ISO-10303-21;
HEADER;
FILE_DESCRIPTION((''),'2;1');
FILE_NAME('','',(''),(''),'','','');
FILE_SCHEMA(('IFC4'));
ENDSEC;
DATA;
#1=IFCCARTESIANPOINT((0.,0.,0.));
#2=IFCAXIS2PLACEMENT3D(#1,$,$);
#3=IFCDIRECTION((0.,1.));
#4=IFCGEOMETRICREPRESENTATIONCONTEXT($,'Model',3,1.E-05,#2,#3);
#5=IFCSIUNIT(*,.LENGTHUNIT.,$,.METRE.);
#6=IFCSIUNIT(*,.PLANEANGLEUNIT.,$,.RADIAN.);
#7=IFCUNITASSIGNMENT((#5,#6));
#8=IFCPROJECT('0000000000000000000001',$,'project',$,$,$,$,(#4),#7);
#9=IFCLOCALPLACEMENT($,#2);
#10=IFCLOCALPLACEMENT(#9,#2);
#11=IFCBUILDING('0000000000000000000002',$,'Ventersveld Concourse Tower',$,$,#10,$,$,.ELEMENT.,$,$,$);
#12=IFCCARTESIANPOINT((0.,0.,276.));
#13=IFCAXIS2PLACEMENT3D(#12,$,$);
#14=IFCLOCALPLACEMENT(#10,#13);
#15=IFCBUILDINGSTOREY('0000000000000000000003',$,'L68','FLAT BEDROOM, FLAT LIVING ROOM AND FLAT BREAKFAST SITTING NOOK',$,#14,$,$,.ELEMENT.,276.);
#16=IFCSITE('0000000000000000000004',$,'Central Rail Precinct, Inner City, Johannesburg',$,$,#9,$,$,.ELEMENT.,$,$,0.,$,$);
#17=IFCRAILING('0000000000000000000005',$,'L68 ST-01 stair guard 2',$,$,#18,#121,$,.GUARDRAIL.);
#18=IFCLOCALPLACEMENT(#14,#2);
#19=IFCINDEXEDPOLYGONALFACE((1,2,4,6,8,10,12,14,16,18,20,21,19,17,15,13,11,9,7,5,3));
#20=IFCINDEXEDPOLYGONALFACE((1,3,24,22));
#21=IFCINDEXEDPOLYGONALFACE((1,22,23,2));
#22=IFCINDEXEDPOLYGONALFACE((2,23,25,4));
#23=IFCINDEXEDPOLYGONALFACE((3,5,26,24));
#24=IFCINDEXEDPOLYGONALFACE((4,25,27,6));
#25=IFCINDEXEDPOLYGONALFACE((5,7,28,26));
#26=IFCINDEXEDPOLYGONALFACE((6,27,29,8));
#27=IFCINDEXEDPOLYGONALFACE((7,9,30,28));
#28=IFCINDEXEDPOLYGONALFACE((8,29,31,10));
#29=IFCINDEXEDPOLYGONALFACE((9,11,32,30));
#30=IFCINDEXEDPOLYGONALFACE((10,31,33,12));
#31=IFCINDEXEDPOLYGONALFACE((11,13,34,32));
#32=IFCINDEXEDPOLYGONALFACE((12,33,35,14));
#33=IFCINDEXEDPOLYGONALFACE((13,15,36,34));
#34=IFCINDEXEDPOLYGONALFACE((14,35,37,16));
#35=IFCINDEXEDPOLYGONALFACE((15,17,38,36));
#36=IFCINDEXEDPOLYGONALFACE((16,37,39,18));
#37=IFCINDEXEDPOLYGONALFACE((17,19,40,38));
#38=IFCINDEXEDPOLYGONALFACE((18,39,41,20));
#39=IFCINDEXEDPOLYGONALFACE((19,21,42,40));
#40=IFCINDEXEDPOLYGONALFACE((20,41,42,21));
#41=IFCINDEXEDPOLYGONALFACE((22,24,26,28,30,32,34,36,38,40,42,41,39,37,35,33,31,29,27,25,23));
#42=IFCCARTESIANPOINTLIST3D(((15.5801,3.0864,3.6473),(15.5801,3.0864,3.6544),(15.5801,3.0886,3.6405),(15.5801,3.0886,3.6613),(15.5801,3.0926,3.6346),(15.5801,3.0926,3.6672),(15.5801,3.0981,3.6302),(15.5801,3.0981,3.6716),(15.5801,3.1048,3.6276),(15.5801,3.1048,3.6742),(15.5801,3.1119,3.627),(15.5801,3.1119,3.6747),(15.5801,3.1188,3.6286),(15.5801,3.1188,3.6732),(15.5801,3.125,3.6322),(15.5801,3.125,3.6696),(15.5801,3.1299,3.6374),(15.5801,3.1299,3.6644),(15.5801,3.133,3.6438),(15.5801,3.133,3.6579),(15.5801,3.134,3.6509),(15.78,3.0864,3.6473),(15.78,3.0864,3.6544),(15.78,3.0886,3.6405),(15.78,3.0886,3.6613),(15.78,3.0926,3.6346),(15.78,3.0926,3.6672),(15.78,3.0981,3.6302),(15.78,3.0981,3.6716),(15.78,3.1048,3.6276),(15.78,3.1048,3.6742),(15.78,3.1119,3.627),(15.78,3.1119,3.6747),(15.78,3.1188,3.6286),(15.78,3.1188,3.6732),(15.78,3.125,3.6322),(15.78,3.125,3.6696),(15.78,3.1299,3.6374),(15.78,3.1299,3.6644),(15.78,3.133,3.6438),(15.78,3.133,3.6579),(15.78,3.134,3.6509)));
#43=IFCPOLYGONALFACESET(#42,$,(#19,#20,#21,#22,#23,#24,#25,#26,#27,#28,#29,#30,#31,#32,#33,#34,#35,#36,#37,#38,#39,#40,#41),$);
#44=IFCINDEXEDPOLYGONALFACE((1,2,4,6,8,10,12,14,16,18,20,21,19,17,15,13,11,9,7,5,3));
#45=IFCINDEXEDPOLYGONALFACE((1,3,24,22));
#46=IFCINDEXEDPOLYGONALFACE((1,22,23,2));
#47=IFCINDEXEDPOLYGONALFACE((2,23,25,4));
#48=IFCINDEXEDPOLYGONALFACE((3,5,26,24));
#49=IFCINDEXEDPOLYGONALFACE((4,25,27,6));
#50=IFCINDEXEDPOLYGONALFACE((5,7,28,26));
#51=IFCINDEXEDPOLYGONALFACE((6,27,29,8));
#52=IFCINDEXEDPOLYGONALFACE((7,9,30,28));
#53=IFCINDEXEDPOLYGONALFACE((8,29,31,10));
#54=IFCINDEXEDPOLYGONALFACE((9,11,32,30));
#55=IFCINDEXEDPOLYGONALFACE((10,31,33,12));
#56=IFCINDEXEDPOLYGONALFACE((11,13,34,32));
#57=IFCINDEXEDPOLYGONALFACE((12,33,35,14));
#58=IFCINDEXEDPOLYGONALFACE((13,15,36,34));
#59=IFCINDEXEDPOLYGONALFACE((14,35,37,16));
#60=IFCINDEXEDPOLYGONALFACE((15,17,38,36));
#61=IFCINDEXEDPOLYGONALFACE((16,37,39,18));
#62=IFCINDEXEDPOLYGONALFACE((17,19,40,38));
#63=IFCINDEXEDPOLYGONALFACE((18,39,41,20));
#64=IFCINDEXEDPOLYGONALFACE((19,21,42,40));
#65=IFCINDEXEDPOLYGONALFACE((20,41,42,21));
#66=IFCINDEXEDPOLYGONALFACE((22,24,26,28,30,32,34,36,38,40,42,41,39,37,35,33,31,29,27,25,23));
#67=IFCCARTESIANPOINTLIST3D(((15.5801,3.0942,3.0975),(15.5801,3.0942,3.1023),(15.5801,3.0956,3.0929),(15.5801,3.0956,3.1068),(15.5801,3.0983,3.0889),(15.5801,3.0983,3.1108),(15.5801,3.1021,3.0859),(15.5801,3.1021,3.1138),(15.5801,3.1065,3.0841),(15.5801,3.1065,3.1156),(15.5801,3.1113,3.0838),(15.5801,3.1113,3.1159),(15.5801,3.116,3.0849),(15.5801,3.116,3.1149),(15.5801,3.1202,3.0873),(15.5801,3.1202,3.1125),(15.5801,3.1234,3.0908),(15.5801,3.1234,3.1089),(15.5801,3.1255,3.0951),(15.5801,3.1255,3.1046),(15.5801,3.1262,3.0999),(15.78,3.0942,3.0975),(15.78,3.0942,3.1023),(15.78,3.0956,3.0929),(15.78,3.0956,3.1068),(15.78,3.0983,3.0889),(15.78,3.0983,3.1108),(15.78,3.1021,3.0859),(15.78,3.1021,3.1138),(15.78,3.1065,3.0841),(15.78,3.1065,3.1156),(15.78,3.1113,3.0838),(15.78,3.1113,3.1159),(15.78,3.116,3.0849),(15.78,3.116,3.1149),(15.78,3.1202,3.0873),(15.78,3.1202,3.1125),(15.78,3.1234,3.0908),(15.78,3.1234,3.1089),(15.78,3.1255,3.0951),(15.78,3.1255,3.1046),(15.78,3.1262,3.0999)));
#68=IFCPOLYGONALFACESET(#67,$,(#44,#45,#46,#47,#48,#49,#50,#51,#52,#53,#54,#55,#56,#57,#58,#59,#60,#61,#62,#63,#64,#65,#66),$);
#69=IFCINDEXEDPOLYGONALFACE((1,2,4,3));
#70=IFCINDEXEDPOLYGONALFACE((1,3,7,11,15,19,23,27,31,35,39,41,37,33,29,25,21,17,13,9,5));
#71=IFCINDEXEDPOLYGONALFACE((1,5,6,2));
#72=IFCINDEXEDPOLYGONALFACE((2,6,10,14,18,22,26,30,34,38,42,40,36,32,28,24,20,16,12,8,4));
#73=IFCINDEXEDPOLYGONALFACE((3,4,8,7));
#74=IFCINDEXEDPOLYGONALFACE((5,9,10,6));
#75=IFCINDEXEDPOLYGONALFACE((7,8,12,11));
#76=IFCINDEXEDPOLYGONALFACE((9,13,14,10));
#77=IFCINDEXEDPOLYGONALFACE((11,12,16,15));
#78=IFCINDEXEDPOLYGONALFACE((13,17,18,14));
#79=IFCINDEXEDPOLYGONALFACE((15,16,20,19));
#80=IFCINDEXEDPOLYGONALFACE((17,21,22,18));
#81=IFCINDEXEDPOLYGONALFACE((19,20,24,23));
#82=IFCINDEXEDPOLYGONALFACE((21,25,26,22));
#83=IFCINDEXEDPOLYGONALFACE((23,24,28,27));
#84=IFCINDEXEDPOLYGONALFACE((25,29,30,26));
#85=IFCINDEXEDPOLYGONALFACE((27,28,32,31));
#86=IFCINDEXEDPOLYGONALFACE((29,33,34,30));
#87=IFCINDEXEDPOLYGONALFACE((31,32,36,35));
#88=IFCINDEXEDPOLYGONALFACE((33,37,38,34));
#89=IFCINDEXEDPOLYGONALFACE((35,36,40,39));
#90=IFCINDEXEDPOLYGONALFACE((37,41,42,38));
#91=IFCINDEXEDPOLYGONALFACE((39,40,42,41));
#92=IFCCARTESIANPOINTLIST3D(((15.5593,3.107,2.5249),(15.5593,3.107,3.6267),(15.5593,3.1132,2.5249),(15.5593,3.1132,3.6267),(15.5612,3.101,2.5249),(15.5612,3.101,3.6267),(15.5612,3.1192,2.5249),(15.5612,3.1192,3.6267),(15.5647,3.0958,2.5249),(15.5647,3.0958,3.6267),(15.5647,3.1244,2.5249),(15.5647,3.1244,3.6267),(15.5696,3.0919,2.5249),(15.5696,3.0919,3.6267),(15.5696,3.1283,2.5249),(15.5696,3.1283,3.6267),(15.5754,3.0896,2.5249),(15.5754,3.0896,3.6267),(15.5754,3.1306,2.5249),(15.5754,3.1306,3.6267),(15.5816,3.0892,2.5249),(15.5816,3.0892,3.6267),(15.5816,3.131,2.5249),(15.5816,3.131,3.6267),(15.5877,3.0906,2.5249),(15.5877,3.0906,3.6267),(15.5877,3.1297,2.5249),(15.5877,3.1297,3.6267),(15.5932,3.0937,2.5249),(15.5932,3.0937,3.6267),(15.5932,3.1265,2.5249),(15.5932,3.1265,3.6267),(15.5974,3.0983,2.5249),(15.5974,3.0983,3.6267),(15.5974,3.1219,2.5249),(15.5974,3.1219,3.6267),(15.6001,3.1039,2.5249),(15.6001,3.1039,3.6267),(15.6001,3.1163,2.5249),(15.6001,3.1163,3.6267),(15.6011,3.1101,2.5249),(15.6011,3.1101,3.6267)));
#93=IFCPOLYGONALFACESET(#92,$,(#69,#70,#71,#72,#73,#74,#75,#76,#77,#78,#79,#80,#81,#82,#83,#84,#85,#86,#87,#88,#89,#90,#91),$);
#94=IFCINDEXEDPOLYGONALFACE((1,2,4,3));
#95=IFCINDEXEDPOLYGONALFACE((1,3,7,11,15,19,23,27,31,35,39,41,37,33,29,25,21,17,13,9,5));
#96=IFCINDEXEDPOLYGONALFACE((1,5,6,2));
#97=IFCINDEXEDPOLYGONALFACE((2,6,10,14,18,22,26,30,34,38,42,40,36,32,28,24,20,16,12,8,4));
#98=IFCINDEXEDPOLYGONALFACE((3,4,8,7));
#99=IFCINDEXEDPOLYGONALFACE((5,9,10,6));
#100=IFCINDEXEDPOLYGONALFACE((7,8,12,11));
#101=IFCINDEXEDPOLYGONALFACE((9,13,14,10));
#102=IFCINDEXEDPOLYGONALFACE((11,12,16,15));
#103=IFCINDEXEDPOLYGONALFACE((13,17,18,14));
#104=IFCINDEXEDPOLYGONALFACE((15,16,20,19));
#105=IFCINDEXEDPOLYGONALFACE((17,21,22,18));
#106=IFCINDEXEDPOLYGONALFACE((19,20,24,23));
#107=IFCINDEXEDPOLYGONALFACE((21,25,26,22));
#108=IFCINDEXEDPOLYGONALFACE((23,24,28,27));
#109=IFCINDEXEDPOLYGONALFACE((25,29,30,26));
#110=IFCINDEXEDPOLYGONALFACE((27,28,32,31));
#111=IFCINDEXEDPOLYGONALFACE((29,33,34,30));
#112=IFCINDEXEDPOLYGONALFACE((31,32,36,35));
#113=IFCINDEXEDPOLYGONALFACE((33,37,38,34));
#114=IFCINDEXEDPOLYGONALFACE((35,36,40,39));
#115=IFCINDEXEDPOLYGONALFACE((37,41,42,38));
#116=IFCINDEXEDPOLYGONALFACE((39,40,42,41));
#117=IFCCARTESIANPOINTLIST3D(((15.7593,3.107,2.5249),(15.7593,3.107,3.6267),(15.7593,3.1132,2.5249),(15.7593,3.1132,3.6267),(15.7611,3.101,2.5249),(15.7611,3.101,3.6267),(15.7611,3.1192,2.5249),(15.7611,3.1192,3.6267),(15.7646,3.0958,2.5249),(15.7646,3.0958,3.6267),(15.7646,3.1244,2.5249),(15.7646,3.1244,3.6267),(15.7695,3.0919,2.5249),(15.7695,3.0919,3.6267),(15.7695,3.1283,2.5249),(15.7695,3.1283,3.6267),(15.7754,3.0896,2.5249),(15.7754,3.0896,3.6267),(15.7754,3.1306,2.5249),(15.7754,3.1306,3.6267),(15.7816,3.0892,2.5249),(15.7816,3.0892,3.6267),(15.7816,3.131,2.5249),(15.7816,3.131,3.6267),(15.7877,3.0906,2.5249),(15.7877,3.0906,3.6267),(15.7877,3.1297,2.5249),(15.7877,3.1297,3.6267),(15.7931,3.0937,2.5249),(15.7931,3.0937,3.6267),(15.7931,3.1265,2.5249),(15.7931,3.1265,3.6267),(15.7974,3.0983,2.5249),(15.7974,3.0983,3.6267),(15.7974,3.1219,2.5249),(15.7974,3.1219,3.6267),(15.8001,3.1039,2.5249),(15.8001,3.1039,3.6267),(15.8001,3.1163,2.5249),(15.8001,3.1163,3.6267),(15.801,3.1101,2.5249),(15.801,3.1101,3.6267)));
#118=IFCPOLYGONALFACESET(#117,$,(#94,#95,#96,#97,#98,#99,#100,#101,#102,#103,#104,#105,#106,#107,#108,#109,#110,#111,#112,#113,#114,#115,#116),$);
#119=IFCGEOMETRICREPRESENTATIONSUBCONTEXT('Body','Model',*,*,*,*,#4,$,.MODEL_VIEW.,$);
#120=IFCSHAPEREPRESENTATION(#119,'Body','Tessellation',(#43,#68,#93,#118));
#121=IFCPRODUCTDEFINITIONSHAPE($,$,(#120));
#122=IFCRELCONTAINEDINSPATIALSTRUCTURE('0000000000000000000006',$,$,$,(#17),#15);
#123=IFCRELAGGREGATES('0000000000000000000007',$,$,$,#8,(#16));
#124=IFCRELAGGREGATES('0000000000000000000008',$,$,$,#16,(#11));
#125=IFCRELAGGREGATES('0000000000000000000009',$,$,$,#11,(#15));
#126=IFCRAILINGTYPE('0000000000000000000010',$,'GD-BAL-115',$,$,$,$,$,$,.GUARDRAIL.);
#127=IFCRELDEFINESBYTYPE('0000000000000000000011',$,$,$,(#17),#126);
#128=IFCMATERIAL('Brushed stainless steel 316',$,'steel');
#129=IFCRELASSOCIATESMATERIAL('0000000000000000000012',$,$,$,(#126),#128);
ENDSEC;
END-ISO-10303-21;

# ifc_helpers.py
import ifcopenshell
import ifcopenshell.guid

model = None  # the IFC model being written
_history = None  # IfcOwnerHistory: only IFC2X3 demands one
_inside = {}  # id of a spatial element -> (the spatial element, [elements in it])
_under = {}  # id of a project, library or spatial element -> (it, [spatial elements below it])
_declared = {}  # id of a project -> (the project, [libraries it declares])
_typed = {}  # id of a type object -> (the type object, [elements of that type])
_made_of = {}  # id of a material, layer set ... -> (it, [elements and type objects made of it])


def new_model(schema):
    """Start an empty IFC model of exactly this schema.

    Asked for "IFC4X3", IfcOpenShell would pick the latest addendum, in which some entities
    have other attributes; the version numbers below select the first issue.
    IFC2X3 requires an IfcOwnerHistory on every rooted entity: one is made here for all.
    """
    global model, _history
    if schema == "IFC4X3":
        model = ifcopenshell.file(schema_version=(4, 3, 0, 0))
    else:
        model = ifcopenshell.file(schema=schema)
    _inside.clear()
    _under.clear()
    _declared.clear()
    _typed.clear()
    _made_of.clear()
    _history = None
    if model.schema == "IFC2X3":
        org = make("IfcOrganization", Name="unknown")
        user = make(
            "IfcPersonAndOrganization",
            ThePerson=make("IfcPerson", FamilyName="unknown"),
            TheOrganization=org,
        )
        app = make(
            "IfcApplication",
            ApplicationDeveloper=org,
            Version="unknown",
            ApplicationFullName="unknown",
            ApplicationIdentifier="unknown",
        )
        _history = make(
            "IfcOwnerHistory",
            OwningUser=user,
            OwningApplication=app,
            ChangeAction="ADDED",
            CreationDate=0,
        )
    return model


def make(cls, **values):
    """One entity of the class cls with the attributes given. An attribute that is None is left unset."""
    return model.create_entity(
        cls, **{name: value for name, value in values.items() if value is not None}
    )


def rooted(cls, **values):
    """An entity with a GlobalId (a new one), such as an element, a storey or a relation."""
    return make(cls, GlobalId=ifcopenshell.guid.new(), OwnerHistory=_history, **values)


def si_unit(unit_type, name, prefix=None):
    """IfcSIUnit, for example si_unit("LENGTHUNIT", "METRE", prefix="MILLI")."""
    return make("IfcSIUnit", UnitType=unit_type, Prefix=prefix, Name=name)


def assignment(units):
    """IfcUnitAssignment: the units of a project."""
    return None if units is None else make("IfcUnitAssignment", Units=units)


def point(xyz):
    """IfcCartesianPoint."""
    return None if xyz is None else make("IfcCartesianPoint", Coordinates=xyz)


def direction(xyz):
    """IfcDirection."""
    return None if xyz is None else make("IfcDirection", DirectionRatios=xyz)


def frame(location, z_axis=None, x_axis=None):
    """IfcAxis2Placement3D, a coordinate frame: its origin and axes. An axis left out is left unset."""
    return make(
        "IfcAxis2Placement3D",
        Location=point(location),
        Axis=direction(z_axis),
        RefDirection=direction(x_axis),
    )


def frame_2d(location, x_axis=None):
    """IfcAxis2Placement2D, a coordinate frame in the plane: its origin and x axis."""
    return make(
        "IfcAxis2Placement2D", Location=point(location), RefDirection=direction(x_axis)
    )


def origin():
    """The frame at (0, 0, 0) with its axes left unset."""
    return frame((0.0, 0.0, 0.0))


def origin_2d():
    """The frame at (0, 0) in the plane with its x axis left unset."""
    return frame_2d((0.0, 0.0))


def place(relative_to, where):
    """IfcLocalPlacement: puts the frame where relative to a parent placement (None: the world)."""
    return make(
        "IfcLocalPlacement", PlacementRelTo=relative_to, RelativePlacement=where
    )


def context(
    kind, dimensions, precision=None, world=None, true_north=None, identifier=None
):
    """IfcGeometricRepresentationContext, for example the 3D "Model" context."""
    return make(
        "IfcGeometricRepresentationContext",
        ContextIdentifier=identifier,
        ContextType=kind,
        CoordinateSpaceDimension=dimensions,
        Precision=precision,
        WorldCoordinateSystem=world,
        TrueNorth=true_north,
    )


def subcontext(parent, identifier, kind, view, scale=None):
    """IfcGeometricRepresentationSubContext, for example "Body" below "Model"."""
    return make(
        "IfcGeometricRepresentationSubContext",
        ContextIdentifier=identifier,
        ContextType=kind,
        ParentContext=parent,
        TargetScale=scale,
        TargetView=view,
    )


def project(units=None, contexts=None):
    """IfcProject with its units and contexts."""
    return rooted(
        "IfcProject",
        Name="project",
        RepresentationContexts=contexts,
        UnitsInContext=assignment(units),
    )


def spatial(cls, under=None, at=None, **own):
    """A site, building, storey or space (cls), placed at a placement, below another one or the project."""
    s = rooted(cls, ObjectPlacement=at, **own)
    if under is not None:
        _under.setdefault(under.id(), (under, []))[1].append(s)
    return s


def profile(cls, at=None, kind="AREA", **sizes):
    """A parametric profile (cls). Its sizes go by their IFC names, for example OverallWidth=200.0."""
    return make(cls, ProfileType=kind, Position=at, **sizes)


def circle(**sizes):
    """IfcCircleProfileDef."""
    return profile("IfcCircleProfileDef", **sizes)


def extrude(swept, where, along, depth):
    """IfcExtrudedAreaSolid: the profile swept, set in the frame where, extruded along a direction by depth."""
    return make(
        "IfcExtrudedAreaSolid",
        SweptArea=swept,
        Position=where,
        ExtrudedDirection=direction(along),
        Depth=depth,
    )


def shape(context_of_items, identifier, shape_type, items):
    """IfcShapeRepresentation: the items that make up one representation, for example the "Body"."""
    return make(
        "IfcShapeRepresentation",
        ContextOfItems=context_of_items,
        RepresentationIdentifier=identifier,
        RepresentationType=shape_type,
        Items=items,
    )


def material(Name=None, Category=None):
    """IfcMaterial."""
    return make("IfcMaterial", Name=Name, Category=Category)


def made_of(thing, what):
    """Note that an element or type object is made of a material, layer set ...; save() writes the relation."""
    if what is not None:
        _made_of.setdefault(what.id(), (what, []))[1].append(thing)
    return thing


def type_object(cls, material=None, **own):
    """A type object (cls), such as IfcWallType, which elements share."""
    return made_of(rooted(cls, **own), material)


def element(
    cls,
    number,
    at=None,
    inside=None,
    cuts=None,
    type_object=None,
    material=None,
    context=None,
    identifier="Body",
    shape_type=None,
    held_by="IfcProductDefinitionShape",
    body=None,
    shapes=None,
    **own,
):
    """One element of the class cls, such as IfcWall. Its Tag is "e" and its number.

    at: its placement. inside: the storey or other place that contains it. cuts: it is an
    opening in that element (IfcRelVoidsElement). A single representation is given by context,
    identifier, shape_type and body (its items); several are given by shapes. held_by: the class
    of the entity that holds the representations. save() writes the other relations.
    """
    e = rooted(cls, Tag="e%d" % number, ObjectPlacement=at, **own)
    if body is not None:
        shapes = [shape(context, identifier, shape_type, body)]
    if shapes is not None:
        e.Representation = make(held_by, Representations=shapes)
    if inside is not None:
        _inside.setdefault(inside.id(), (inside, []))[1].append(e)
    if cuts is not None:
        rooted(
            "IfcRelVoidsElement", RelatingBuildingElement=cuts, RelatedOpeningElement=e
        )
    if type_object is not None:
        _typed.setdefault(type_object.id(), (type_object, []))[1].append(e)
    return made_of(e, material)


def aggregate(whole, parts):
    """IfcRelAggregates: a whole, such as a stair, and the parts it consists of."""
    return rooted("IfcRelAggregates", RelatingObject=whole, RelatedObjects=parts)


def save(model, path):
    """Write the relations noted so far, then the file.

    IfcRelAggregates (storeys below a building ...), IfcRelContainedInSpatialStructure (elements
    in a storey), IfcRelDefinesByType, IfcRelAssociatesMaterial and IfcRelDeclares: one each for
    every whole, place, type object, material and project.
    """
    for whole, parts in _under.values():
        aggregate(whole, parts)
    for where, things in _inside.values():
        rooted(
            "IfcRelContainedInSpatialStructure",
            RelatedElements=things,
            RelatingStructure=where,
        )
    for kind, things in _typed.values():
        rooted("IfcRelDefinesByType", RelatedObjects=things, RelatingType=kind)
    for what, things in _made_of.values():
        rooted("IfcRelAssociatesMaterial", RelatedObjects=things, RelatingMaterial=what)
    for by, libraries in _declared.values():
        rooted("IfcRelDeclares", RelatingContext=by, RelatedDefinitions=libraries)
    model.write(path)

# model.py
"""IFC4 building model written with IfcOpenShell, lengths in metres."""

from ifc_helpers import new_model, si_unit, direction, frame, origin, origin_2d, place, context, subcontext, project, spatial, circle, extrude, material, type_object, element, save


model = new_model("IFC4")

# Units and contexts
model_context = context("Model", 3, precision=1e-05, world=origin(), true_north=direction((0.0, 1.0)))
body_context = subcontext(model_context, "Body", "Model", "MODEL_VIEW")
ifc_project = project(units=[si_unit("LENGTHUNIT", "METRE"), si_unit("PLANEANGLEUNIT", "RADIAN")], contexts=[model_context])

# Site, building, storey
site_placement = place(None, origin())
site = spatial("IfcSite", under=ifc_project, at=site_placement, Name="Central Rail Precinct, Inner City, Johannesburg", CompositionType="ELEMENT", RefElevation=0.0)
building_placement = place(site_placement, origin())
building = spatial("IfcBuilding", under=site, at=building_placement, Name="Ventersveld Concourse Tower", CompositionType="ELEMENT")
storey_placement = place(building_placement, frame((0.0, 0.0, 276.0)))
storey = spatial("IfcBuildingStorey", under=building, at=storey_placement, Name="L68", Description="FLAT BEDROOM, FLAT LIVING ROOM AND FLAT BREAKFAST SITTING NOOK", CompositionType="ELEMENT", Elevation=276.0)

# Shared definitions
ifc_material_1 = material(Name="Brushed stainless steel 316", Category="steel")

# Railing
railing_type_1 = type_object("IfcRailingType", Name="GD-BAL-115", PredefinedType="GUARDRAIL", material=ifc_material_1)
railing_1_placement = place(storey_placement, frame((15.5801, 3.1101, 2.5249)))
element("IfcRailing", 1, at=railing_1_placement, inside=storey, type_object=railing_type_1, Name="L68 ST-01 stair guard 2", PredefinedType="GUARDRAIL", context=body_context, shape_type="SweptSolid", body=[
    extrude(circle(Radius=0.0239, at=origin_2d()), frame((0.0, 0.0, 1.126), z_axis=(1.0, 0.0, 0.0), x_axis=(0.0, 1.0, 0.0)), (0.0, 0.0, 1.0), 0.2),
    extrude(circle(Radius=0.0161, at=origin_2d()), frame((0.0, 0.0, 0.575), z_axis=(1.0, 0.0, 0.0), x_axis=(0.0, 1.0, 0.0)), (0.0, 0.0, 1.0), 0.2),
    extrude(circle(Radius=0.021, at=origin_2d()), origin(), (0.0, 0.0, 1.0), 1.1018),
    extrude(circle(Radius=0.021, at=origin_2d()), frame((0.2, 0.0, 0.0)), (0.0, 0.0, 1.0), 1.1018),
])

save(model, "model.ifc")
